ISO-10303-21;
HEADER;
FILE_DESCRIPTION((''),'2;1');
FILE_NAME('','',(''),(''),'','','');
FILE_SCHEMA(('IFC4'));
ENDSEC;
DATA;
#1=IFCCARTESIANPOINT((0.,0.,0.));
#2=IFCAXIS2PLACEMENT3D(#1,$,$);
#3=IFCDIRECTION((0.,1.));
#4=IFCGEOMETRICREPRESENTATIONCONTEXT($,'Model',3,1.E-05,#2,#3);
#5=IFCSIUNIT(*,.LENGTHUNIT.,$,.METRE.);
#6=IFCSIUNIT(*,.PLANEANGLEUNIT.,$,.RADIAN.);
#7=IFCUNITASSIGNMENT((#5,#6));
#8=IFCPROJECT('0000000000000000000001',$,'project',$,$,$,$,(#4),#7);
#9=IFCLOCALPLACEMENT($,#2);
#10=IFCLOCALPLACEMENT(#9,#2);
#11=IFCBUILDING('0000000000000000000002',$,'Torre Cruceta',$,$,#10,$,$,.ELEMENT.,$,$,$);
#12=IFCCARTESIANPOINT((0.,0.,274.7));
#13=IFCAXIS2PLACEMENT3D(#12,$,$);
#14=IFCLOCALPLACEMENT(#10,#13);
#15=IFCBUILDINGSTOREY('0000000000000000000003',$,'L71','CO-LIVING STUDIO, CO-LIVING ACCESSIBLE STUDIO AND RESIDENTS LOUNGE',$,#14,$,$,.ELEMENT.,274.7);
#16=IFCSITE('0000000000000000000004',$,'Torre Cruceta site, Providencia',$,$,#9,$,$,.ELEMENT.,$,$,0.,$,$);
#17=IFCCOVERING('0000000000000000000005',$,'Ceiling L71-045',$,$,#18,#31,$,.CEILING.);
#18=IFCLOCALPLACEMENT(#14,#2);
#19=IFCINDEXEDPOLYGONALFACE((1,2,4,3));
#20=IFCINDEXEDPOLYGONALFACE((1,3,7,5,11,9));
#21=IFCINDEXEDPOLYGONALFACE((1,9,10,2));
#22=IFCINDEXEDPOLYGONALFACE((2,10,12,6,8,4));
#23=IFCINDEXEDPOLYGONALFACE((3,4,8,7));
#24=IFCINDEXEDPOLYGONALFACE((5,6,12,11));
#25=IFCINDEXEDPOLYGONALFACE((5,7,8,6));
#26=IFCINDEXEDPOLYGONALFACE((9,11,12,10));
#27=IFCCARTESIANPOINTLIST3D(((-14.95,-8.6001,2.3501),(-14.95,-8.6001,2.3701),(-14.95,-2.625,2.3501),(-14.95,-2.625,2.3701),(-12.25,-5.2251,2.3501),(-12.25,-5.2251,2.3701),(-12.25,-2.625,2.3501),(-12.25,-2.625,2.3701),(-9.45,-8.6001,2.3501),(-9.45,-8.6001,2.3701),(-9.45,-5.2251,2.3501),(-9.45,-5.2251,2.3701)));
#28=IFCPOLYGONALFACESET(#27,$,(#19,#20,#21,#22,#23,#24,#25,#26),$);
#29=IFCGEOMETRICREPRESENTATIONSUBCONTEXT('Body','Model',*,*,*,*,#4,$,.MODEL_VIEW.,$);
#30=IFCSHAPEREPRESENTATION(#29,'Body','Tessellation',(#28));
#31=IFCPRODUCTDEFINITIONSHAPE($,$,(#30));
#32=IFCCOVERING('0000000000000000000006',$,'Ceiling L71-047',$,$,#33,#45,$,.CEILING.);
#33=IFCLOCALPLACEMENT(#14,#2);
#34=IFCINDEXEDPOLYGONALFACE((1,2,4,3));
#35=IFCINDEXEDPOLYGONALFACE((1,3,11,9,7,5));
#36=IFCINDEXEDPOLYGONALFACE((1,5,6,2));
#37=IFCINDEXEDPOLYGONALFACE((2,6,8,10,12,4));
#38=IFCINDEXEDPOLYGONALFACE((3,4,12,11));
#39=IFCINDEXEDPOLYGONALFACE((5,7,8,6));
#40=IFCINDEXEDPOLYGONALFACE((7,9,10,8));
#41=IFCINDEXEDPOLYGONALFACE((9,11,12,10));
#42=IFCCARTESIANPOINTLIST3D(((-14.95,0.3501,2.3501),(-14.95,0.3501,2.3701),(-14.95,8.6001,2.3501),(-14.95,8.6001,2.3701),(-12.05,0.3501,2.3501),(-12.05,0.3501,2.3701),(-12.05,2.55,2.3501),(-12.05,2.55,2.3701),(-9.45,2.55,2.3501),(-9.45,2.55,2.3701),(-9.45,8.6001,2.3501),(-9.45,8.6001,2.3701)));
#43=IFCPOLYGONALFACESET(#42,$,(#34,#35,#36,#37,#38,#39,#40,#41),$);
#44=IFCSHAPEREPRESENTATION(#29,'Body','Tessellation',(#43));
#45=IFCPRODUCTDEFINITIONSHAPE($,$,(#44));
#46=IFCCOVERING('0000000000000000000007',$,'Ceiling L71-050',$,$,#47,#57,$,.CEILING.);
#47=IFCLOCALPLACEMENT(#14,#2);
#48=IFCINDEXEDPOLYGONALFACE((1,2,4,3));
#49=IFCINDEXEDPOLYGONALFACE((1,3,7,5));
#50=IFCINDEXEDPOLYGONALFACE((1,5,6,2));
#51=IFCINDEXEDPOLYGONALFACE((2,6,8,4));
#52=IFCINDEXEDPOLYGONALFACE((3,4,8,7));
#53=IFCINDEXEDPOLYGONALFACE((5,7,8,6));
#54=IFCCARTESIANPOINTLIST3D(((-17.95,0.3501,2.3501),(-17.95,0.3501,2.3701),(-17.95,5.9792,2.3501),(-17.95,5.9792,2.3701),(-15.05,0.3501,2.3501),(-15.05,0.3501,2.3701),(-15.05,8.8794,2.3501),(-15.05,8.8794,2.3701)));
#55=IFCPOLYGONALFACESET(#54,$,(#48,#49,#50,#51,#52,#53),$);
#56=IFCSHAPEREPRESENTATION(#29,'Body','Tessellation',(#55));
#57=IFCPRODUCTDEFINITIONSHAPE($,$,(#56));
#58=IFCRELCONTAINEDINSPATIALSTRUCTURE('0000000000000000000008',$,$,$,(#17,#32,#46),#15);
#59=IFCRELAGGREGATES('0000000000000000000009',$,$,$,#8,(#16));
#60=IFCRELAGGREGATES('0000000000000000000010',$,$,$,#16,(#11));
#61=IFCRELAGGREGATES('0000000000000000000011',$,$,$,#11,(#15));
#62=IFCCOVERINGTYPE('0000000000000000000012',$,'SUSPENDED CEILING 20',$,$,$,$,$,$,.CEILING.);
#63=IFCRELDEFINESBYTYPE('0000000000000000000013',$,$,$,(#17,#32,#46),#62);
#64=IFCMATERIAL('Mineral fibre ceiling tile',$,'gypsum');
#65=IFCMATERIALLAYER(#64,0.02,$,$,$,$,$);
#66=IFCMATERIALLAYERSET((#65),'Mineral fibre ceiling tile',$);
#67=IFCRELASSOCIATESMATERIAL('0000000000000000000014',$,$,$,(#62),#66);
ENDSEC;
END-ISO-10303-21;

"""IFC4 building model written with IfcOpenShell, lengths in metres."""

from ifc_helpers import new_model, si_unit, direction, frame, origin, place, context, subcontext, project, spatial, polyline, outline, extrude, material, layer, layer_set, type_object, element, save


model = new_model("IFC4")

# Units and contexts
model_context = context("Model", 3, precision=1e-05, world=origin(), true_north=direction((0.0, 1.0)))
body_context = subcontext(model_context, "Body", "Model", "MODEL_VIEW")
ifc_project = project(units=[si_unit("LENGTHUNIT", "METRE"), si_unit("PLANEANGLEUNIT", "RADIAN")], contexts=[model_context])

# Site, building, storey
site_placement = place(None, origin())
site = spatial("IfcSite", under=ifc_project, at=site_placement, Name="Torre Cruceta site, Providencia", CompositionType="ELEMENT", RefElevation=0.0)
building_placement = place(site_placement, origin())
building = spatial("IfcBuilding", under=site, at=building_placement, Name="Torre Cruceta", CompositionType="ELEMENT")
storey_placement = place(building_placement, frame((0.0, 0.0, 274.7)))
storey = spatial("IfcBuildingStorey", under=building, at=storey_placement, Name="L71", Description="CO-LIVING STUDIO, CO-LIVING ACCESSIBLE STUDIO AND RESIDENTS LOUNGE", CompositionType="ELEMENT", Elevation=274.7)

# Coverings
ifc_material_1 = material(Name="Mineral fibre ceiling tile", Category="gypsum")
ifc_layer_1 = layer(ifc_material_1, 0.02)
ifc_layer_set_1 = layer_set([ifc_layer_1], Name="Mineral fibre ceiling tile")
covering_type_1 = type_object("IfcCoveringType", Name="SUSPENDED CEILING 20", PredefinedType="CEILING", material=ifc_layer_set_1)
covering_1_placement = place(storey_placement, frame((0.0, 0.0, 2.3501)))
element("IfcCovering", 1, at=covering_1_placement, inside=storey, type_object=covering_type_1, Name="Ceiling L71-045", PredefinedType="CEILING", context=body_context, shape_type="SweptSolid", body=[
    extrude(outline(polyline([(-9.45, -8.6001), (-14.95, -8.6001), (-14.95, -2.625), (-12.25, -2.625), (-12.25, -5.2251), (-9.45, -5.2251), (-9.45, -8.6001)])), origin(), (0.0, 0.0, 1.0), 0.02),
])
covering_2_placement = place(storey_placement, frame((0.0, 0.0, 2.3501)))
element("IfcCovering", 2, at=covering_2_placement, inside=storey, type_object=covering_type_1, Name="Ceiling L71-047", PredefinedType="CEILING", context=body_context, shape_type="SweptSolid", body=[
    extrude(outline(polyline([(-14.95, 0.3501), (-14.95, 8.6001), (-9.45, 8.6001), (-9.45, 2.55), (-12.05, 2.55), (-12.05, 0.3501), (-14.95, 0.3501)])), origin(), (0.0, 0.0, 1.0), 0.02),
])
covering_3_placement = place(storey_placement, frame((0.0, 0.0, 2.3501)))
element("IfcCovering", 3, at=covering_3_placement, inside=storey, type_object=covering_type_1, Name="Ceiling L71-050", PredefinedType="CEILING", context=body_context, shape_type="SweptSolid", body=[
    extrude(outline(polyline([(-15.05, 8.8794), (-15.05, 0.3501), (-17.95, 0.3501), (-17.95, 5.9792), (-15.05, 8.8794)])), origin(), (0.0, 0.0, 1.0), 0.02),
])

save(model, "model.ifc")
